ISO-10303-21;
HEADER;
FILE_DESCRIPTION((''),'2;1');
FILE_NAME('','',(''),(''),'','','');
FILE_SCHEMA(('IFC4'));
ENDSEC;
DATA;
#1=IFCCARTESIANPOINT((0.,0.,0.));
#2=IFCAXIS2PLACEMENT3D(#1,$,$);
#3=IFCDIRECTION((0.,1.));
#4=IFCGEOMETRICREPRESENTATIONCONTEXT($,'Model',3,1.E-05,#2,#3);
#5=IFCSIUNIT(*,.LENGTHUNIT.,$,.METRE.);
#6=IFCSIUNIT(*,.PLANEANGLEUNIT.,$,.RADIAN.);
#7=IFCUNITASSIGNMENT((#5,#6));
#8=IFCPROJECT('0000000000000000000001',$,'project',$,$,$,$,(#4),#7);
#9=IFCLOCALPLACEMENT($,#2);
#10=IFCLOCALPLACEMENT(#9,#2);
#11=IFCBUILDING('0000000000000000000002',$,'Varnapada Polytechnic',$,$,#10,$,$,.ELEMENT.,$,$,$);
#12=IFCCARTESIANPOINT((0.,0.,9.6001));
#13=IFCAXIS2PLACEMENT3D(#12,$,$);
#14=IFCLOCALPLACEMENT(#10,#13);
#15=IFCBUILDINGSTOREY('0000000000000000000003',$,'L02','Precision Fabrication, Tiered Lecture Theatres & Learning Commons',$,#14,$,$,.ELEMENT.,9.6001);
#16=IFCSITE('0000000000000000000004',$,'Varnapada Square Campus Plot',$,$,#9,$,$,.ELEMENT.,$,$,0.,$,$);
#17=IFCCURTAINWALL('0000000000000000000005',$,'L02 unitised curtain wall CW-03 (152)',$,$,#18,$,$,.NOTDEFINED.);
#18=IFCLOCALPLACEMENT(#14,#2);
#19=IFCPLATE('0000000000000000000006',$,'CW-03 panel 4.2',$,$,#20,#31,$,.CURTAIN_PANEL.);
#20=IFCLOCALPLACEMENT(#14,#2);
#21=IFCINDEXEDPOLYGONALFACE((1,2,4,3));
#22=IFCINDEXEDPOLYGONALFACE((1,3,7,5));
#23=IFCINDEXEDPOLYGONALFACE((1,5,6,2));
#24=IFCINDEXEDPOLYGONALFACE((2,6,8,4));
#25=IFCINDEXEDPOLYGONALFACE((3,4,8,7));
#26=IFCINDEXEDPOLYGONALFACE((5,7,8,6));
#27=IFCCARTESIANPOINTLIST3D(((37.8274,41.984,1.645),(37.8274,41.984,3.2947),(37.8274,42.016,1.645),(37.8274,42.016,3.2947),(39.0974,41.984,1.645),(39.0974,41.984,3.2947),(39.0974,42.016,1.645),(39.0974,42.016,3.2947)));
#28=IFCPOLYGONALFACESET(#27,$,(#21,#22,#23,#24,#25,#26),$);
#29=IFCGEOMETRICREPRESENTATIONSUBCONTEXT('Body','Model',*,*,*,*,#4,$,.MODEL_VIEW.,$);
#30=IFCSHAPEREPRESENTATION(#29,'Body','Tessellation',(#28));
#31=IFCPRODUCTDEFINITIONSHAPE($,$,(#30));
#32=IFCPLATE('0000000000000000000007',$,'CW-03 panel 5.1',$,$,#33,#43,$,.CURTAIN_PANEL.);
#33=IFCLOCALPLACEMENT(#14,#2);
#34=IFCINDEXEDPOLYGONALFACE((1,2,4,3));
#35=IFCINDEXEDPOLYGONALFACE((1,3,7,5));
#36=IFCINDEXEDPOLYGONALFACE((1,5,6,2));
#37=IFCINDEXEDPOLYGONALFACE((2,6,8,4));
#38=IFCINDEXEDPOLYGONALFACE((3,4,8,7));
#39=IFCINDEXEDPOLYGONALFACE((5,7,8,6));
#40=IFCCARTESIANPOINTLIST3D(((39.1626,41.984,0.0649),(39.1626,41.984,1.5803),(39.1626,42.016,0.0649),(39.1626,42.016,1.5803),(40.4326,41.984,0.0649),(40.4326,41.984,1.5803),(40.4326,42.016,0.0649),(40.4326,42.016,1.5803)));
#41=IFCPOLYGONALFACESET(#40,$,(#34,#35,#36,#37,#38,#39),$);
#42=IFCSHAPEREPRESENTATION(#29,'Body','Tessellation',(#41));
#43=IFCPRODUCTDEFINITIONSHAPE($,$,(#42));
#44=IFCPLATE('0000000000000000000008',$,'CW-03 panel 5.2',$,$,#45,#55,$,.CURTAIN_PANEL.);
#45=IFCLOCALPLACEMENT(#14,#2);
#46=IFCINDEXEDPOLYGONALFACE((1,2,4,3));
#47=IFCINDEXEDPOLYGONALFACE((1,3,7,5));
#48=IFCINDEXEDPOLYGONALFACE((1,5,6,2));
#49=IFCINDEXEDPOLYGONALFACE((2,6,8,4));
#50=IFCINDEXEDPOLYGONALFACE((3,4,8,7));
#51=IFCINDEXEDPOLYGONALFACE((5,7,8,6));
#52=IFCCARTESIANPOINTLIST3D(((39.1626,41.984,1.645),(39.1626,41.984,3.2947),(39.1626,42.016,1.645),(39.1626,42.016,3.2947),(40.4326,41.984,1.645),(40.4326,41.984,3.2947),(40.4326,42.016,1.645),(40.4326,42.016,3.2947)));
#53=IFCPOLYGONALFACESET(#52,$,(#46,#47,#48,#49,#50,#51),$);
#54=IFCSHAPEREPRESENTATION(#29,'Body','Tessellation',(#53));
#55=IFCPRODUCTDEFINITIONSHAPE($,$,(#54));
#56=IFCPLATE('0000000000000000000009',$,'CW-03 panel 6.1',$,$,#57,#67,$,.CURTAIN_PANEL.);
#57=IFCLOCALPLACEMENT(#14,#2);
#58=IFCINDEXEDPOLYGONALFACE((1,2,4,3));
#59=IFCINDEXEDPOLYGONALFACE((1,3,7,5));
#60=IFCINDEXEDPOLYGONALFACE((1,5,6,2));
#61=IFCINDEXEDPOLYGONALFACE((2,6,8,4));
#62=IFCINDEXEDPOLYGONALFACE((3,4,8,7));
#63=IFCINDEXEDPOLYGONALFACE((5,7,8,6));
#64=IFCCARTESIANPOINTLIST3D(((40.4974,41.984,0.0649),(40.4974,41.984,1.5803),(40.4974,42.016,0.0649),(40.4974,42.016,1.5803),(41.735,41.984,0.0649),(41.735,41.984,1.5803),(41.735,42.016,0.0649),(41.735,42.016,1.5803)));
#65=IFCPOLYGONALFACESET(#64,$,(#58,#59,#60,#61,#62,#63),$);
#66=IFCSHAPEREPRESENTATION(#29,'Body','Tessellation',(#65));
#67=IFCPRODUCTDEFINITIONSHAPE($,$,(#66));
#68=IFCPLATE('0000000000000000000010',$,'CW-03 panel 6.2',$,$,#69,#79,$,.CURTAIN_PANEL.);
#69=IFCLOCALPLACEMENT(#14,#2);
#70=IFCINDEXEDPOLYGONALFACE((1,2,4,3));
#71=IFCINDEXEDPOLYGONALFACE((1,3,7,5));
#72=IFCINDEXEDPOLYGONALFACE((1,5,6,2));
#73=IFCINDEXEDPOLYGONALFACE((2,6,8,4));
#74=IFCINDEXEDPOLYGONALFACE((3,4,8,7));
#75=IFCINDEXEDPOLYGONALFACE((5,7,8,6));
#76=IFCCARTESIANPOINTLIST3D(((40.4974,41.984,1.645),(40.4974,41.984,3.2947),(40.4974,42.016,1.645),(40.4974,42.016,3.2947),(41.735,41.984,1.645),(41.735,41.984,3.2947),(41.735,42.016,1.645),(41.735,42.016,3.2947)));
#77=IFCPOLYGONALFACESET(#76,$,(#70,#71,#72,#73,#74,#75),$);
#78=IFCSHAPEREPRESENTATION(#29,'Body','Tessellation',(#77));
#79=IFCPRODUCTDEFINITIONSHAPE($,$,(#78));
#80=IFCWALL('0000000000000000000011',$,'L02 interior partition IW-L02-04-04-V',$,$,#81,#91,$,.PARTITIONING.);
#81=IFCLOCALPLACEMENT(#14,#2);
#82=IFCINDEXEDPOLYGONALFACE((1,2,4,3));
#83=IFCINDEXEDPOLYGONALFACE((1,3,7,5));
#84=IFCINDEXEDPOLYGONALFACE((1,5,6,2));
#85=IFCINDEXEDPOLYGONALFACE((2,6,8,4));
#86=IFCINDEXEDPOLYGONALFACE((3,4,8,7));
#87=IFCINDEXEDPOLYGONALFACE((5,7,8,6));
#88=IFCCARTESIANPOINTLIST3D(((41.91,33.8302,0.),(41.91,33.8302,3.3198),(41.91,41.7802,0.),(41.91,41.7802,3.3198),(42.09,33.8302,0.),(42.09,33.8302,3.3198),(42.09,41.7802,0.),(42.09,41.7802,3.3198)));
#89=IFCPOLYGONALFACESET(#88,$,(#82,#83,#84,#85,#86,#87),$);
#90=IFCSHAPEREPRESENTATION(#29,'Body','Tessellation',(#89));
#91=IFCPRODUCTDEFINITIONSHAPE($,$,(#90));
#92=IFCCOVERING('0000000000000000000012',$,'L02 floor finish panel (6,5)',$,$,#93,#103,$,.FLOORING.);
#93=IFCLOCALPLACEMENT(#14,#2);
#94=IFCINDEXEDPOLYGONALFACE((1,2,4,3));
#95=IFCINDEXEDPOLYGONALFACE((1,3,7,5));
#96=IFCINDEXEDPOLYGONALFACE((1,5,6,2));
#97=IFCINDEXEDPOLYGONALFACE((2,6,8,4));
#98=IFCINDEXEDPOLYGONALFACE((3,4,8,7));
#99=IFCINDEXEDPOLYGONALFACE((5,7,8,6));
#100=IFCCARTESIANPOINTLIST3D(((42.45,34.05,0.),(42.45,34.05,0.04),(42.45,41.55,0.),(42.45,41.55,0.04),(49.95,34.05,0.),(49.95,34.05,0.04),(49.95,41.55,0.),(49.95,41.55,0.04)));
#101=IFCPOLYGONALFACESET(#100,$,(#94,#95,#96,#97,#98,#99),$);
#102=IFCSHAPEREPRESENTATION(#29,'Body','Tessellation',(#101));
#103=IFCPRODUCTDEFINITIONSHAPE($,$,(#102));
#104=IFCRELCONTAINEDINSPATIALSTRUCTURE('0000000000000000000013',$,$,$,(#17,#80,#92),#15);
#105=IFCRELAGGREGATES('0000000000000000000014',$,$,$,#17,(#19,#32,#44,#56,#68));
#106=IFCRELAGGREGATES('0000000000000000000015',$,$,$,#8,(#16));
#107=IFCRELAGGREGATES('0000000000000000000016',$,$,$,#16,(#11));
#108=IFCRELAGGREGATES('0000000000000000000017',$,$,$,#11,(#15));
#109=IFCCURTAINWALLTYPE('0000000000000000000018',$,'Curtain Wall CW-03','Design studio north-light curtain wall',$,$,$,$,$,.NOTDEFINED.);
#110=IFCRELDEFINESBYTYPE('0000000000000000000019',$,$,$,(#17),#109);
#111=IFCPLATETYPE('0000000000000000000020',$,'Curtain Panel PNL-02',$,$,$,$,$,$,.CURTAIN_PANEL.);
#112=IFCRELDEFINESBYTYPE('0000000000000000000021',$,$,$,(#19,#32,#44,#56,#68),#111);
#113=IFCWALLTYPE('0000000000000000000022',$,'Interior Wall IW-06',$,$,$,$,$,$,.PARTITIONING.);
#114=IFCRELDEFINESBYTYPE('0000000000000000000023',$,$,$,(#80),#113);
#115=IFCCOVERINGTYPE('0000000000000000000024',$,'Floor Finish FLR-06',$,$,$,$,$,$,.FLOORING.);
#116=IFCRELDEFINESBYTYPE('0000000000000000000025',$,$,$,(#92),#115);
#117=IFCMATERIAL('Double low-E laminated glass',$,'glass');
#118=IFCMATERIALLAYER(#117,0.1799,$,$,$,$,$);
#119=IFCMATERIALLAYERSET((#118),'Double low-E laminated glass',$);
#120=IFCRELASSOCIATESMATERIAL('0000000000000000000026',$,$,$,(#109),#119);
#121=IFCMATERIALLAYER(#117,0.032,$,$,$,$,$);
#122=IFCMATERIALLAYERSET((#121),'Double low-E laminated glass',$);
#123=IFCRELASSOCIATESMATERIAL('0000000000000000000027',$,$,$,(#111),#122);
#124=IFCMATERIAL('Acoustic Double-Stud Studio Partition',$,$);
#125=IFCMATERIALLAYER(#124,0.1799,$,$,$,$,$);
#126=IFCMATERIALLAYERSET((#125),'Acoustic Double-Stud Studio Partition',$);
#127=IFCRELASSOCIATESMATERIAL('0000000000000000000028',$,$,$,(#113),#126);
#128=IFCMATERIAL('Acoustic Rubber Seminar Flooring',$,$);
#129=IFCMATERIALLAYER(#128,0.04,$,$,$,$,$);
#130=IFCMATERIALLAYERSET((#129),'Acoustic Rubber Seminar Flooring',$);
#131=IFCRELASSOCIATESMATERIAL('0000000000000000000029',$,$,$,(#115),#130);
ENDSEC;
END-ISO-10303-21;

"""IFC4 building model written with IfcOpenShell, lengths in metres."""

from ifc_helpers import new_model, si_unit, direction, frame, frame_2d, origin, origin_2d, place, context, subcontext, project, spatial, rectangle, extrude, material, layer, layer_set, type_object, element, aggregate, save


model = new_model("IFC4")

# Units and contexts
model_context = context("Model", 3, precision=1e-05, world=origin(), true_north=direction((0.0, 1.0)))
body_context = subcontext(model_context, "Body", "Model", "MODEL_VIEW")
ifc_project = project(units=[si_unit("LENGTHUNIT", "METRE"), si_unit("PLANEANGLEUNIT", "RADIAN")], contexts=[model_context])

# Site, building, storey
site_placement = place(None, origin())
site = spatial("IfcSite", under=ifc_project, at=site_placement, Name="Varnapada Square Campus Plot", CompositionType="ELEMENT", RefElevation=0.0)
building_placement = place(site_placement, origin())
building = spatial("IfcBuilding", under=site, at=building_placement, Name="Varnapada Polytechnic", CompositionType="ELEMENT")
storey_placement = place(building_placement, frame((0.0, 0.0, 9.6001)))
storey = spatial("IfcBuildingStorey", under=building, at=storey_placement, Name="L02", Description="Precision Fabrication, Tiered Lecture Theatres & Learning Commons", CompositionType="ELEMENT", Elevation=9.6001)

# Curtain wall, plates
ifc_material_1 = material(Name="Double low-E laminated glass", Category="glass")
ifc_layer_1 = layer(ifc_material_1, 0.1799)
ifc_layer_set_1 = layer_set([ifc_layer_1], Name="Double low-E laminated glass")
curtain_wall_type = type_object("IfcCurtainWallType", Name="Curtain Wall CW-03", Description="Design studio north-light curtain wall", PredefinedType="NOTDEFINED", material=ifc_layer_set_1)
curtain_wall_placement = place(storey_placement, origin())
curtain_wall = element("IfcCurtainWall", 1, at=curtain_wall_placement, inside=storey, type_object=curtain_wall_type, Name="L02 unitised curtain wall CW-03 (152)", PredefinedType="NOTDEFINED")
ifc_layer_2 = layer(ifc_material_1, 0.032)
ifc_layer_set_2 = layer_set([ifc_layer_2], Name="Double low-E laminated glass")
plate_type = type_object("IfcPlateType", Name="Curtain Panel PNL-02", PredefinedType="CURTAIN_PANEL", material=ifc_layer_set_2)
plate_1_placement = place(storey_placement, frame((38.4624, 42.0, 1.645), z_axis=(0.0, 0.0, 1.0), x_axis=(1.0, 0.0, 0.0)))
plate_1 = element("IfcPlate", 2, at=plate_1_placement, type_object=plate_type, Name="CW-03 panel 4.2", PredefinedType="CURTAIN_PANEL", context=body_context, shape_type="SweptSolid", body=[
    extrude(rectangle(XDim=1.27, YDim=0.032, at=origin_2d()), origin(), (0.0, 0.0, 1.0), 1.6497),
])
plate_2_placement = place(storey_placement, frame((39.7976, 42.0, 0.0649), z_axis=(0.0, 0.0, 1.0), x_axis=(1.0, 0.0, 0.0)))
plate_2 = element("IfcPlate", 3, at=plate_2_placement, type_object=plate_type, Name="CW-03 panel 5.1", PredefinedType="CURTAIN_PANEL", context=body_context, shape_type="SweptSolid", body=[
    extrude(rectangle(XDim=1.27, YDim=0.032, at=origin_2d()), origin(), (0.0, 0.0, 1.0), 1.5154),
])
plate_3_placement = place(storey_placement, frame((39.7976, 42.0, 1.645), z_axis=(0.0, 0.0, 1.0), x_axis=(1.0, 0.0, 0.0)))
plate_3 = element("IfcPlate", 4, at=plate_3_placement, type_object=plate_type, Name="CW-03 panel 5.2", PredefinedType="CURTAIN_PANEL", context=body_context, shape_type="SweptSolid", body=[
    extrude(rectangle(XDim=1.27, YDim=0.032, at=origin_2d()), origin(), (0.0, 0.0, 1.0), 1.6497),
])
plate_4_placement = place(storey_placement, frame((41.1162, 42.0, 0.0649), z_axis=(0.0, 0.0, 1.0), x_axis=(1.0, 0.0, 0.0)))
plate_4 = element("IfcPlate", 5, at=plate_4_placement, type_object=plate_type, Name="CW-03 panel 6.1", PredefinedType="CURTAIN_PANEL", context=body_context, shape_type="SweptSolid", body=[
    extrude(rectangle(XDim=1.2375, YDim=0.032, at=origin_2d()), origin(), (0.0, 0.0, 1.0), 1.5154),
])
plate_5_placement = place(storey_placement, frame((41.1162, 42.0, 1.645), z_axis=(0.0, 0.0, 1.0), x_axis=(1.0, 0.0, 0.0)))
plate_5 = element("IfcPlate", 6, at=plate_5_placement, type_object=plate_type, Name="CW-03 panel 6.2", PredefinedType="CURTAIN_PANEL", context=body_context, shape_type="SweptSolid", body=[
    extrude(rectangle(XDim=1.2375, YDim=0.032, at=origin_2d()), origin(), (0.0, 0.0, 1.0), 1.6497),
])
aggregate(curtain_wall, [plate_1, plate_2, plate_3, plate_4, plate_5])

# Wall
ifc_material_2 = material(Name="Acoustic Double-Stud Studio Partition")
ifc_layer_3 = layer(ifc_material_2, 0.1799)
ifc_layer_set_3 = layer_set([ifc_layer_3], Name="Acoustic Double-Stud Studio Partition")
wall_type = type_object("IfcWallType", Name="Interior Wall IW-06", PredefinedType="PARTITIONING", material=ifc_layer_set_3)
wall_placement = place(storey_placement, frame((42.0, 33.8301, 0.0), z_axis=(0.0, 0.0, 1.0), x_axis=(0.0, 1.0, 0.0)))
element("IfcWall", 7, at=wall_placement, inside=storey, type_object=wall_type, Name="L02 interior partition IW-L02-04-04-V", PredefinedType="PARTITIONING", context=body_context, shape_type="SweptSolid", body=[
    extrude(rectangle(XDim=7.95, YDim=0.1799, at=frame_2d((3.9751, 0.0))), origin(), (0.0, 0.0, 1.0), 3.3198),
])

# Covering
ifc_material_3 = material(Name="Acoustic Rubber Seminar Flooring")
ifc_layer_4 = layer(ifc_material_3, 0.04)
ifc_layer_set_4 = layer_set([ifc_layer_4], Name="Acoustic Rubber Seminar Flooring")
covering_type = type_object("IfcCoveringType", Name="Floor Finish FLR-06", PredefinedType="FLOORING", material=ifc_layer_set_4)
covering_placement = place(storey_placement, frame((46.2, 37.8, 0.0), z_axis=(0.0, 0.0, 1.0), x_axis=(1.0, 0.0, 0.0)))
element("IfcCovering", 8, at=covering_placement, inside=storey, type_object=covering_type, Name="L02 floor finish panel (6,5)", PredefinedType="FLOORING", context=body_context, shape_type="SweptSolid", body=[
    extrude(rectangle(XDim=7.5, YDim=7.5, at=origin_2d()), origin(), (0.0, 0.0, 1.0), 0.04),
])

save(model, "model.ifc")
